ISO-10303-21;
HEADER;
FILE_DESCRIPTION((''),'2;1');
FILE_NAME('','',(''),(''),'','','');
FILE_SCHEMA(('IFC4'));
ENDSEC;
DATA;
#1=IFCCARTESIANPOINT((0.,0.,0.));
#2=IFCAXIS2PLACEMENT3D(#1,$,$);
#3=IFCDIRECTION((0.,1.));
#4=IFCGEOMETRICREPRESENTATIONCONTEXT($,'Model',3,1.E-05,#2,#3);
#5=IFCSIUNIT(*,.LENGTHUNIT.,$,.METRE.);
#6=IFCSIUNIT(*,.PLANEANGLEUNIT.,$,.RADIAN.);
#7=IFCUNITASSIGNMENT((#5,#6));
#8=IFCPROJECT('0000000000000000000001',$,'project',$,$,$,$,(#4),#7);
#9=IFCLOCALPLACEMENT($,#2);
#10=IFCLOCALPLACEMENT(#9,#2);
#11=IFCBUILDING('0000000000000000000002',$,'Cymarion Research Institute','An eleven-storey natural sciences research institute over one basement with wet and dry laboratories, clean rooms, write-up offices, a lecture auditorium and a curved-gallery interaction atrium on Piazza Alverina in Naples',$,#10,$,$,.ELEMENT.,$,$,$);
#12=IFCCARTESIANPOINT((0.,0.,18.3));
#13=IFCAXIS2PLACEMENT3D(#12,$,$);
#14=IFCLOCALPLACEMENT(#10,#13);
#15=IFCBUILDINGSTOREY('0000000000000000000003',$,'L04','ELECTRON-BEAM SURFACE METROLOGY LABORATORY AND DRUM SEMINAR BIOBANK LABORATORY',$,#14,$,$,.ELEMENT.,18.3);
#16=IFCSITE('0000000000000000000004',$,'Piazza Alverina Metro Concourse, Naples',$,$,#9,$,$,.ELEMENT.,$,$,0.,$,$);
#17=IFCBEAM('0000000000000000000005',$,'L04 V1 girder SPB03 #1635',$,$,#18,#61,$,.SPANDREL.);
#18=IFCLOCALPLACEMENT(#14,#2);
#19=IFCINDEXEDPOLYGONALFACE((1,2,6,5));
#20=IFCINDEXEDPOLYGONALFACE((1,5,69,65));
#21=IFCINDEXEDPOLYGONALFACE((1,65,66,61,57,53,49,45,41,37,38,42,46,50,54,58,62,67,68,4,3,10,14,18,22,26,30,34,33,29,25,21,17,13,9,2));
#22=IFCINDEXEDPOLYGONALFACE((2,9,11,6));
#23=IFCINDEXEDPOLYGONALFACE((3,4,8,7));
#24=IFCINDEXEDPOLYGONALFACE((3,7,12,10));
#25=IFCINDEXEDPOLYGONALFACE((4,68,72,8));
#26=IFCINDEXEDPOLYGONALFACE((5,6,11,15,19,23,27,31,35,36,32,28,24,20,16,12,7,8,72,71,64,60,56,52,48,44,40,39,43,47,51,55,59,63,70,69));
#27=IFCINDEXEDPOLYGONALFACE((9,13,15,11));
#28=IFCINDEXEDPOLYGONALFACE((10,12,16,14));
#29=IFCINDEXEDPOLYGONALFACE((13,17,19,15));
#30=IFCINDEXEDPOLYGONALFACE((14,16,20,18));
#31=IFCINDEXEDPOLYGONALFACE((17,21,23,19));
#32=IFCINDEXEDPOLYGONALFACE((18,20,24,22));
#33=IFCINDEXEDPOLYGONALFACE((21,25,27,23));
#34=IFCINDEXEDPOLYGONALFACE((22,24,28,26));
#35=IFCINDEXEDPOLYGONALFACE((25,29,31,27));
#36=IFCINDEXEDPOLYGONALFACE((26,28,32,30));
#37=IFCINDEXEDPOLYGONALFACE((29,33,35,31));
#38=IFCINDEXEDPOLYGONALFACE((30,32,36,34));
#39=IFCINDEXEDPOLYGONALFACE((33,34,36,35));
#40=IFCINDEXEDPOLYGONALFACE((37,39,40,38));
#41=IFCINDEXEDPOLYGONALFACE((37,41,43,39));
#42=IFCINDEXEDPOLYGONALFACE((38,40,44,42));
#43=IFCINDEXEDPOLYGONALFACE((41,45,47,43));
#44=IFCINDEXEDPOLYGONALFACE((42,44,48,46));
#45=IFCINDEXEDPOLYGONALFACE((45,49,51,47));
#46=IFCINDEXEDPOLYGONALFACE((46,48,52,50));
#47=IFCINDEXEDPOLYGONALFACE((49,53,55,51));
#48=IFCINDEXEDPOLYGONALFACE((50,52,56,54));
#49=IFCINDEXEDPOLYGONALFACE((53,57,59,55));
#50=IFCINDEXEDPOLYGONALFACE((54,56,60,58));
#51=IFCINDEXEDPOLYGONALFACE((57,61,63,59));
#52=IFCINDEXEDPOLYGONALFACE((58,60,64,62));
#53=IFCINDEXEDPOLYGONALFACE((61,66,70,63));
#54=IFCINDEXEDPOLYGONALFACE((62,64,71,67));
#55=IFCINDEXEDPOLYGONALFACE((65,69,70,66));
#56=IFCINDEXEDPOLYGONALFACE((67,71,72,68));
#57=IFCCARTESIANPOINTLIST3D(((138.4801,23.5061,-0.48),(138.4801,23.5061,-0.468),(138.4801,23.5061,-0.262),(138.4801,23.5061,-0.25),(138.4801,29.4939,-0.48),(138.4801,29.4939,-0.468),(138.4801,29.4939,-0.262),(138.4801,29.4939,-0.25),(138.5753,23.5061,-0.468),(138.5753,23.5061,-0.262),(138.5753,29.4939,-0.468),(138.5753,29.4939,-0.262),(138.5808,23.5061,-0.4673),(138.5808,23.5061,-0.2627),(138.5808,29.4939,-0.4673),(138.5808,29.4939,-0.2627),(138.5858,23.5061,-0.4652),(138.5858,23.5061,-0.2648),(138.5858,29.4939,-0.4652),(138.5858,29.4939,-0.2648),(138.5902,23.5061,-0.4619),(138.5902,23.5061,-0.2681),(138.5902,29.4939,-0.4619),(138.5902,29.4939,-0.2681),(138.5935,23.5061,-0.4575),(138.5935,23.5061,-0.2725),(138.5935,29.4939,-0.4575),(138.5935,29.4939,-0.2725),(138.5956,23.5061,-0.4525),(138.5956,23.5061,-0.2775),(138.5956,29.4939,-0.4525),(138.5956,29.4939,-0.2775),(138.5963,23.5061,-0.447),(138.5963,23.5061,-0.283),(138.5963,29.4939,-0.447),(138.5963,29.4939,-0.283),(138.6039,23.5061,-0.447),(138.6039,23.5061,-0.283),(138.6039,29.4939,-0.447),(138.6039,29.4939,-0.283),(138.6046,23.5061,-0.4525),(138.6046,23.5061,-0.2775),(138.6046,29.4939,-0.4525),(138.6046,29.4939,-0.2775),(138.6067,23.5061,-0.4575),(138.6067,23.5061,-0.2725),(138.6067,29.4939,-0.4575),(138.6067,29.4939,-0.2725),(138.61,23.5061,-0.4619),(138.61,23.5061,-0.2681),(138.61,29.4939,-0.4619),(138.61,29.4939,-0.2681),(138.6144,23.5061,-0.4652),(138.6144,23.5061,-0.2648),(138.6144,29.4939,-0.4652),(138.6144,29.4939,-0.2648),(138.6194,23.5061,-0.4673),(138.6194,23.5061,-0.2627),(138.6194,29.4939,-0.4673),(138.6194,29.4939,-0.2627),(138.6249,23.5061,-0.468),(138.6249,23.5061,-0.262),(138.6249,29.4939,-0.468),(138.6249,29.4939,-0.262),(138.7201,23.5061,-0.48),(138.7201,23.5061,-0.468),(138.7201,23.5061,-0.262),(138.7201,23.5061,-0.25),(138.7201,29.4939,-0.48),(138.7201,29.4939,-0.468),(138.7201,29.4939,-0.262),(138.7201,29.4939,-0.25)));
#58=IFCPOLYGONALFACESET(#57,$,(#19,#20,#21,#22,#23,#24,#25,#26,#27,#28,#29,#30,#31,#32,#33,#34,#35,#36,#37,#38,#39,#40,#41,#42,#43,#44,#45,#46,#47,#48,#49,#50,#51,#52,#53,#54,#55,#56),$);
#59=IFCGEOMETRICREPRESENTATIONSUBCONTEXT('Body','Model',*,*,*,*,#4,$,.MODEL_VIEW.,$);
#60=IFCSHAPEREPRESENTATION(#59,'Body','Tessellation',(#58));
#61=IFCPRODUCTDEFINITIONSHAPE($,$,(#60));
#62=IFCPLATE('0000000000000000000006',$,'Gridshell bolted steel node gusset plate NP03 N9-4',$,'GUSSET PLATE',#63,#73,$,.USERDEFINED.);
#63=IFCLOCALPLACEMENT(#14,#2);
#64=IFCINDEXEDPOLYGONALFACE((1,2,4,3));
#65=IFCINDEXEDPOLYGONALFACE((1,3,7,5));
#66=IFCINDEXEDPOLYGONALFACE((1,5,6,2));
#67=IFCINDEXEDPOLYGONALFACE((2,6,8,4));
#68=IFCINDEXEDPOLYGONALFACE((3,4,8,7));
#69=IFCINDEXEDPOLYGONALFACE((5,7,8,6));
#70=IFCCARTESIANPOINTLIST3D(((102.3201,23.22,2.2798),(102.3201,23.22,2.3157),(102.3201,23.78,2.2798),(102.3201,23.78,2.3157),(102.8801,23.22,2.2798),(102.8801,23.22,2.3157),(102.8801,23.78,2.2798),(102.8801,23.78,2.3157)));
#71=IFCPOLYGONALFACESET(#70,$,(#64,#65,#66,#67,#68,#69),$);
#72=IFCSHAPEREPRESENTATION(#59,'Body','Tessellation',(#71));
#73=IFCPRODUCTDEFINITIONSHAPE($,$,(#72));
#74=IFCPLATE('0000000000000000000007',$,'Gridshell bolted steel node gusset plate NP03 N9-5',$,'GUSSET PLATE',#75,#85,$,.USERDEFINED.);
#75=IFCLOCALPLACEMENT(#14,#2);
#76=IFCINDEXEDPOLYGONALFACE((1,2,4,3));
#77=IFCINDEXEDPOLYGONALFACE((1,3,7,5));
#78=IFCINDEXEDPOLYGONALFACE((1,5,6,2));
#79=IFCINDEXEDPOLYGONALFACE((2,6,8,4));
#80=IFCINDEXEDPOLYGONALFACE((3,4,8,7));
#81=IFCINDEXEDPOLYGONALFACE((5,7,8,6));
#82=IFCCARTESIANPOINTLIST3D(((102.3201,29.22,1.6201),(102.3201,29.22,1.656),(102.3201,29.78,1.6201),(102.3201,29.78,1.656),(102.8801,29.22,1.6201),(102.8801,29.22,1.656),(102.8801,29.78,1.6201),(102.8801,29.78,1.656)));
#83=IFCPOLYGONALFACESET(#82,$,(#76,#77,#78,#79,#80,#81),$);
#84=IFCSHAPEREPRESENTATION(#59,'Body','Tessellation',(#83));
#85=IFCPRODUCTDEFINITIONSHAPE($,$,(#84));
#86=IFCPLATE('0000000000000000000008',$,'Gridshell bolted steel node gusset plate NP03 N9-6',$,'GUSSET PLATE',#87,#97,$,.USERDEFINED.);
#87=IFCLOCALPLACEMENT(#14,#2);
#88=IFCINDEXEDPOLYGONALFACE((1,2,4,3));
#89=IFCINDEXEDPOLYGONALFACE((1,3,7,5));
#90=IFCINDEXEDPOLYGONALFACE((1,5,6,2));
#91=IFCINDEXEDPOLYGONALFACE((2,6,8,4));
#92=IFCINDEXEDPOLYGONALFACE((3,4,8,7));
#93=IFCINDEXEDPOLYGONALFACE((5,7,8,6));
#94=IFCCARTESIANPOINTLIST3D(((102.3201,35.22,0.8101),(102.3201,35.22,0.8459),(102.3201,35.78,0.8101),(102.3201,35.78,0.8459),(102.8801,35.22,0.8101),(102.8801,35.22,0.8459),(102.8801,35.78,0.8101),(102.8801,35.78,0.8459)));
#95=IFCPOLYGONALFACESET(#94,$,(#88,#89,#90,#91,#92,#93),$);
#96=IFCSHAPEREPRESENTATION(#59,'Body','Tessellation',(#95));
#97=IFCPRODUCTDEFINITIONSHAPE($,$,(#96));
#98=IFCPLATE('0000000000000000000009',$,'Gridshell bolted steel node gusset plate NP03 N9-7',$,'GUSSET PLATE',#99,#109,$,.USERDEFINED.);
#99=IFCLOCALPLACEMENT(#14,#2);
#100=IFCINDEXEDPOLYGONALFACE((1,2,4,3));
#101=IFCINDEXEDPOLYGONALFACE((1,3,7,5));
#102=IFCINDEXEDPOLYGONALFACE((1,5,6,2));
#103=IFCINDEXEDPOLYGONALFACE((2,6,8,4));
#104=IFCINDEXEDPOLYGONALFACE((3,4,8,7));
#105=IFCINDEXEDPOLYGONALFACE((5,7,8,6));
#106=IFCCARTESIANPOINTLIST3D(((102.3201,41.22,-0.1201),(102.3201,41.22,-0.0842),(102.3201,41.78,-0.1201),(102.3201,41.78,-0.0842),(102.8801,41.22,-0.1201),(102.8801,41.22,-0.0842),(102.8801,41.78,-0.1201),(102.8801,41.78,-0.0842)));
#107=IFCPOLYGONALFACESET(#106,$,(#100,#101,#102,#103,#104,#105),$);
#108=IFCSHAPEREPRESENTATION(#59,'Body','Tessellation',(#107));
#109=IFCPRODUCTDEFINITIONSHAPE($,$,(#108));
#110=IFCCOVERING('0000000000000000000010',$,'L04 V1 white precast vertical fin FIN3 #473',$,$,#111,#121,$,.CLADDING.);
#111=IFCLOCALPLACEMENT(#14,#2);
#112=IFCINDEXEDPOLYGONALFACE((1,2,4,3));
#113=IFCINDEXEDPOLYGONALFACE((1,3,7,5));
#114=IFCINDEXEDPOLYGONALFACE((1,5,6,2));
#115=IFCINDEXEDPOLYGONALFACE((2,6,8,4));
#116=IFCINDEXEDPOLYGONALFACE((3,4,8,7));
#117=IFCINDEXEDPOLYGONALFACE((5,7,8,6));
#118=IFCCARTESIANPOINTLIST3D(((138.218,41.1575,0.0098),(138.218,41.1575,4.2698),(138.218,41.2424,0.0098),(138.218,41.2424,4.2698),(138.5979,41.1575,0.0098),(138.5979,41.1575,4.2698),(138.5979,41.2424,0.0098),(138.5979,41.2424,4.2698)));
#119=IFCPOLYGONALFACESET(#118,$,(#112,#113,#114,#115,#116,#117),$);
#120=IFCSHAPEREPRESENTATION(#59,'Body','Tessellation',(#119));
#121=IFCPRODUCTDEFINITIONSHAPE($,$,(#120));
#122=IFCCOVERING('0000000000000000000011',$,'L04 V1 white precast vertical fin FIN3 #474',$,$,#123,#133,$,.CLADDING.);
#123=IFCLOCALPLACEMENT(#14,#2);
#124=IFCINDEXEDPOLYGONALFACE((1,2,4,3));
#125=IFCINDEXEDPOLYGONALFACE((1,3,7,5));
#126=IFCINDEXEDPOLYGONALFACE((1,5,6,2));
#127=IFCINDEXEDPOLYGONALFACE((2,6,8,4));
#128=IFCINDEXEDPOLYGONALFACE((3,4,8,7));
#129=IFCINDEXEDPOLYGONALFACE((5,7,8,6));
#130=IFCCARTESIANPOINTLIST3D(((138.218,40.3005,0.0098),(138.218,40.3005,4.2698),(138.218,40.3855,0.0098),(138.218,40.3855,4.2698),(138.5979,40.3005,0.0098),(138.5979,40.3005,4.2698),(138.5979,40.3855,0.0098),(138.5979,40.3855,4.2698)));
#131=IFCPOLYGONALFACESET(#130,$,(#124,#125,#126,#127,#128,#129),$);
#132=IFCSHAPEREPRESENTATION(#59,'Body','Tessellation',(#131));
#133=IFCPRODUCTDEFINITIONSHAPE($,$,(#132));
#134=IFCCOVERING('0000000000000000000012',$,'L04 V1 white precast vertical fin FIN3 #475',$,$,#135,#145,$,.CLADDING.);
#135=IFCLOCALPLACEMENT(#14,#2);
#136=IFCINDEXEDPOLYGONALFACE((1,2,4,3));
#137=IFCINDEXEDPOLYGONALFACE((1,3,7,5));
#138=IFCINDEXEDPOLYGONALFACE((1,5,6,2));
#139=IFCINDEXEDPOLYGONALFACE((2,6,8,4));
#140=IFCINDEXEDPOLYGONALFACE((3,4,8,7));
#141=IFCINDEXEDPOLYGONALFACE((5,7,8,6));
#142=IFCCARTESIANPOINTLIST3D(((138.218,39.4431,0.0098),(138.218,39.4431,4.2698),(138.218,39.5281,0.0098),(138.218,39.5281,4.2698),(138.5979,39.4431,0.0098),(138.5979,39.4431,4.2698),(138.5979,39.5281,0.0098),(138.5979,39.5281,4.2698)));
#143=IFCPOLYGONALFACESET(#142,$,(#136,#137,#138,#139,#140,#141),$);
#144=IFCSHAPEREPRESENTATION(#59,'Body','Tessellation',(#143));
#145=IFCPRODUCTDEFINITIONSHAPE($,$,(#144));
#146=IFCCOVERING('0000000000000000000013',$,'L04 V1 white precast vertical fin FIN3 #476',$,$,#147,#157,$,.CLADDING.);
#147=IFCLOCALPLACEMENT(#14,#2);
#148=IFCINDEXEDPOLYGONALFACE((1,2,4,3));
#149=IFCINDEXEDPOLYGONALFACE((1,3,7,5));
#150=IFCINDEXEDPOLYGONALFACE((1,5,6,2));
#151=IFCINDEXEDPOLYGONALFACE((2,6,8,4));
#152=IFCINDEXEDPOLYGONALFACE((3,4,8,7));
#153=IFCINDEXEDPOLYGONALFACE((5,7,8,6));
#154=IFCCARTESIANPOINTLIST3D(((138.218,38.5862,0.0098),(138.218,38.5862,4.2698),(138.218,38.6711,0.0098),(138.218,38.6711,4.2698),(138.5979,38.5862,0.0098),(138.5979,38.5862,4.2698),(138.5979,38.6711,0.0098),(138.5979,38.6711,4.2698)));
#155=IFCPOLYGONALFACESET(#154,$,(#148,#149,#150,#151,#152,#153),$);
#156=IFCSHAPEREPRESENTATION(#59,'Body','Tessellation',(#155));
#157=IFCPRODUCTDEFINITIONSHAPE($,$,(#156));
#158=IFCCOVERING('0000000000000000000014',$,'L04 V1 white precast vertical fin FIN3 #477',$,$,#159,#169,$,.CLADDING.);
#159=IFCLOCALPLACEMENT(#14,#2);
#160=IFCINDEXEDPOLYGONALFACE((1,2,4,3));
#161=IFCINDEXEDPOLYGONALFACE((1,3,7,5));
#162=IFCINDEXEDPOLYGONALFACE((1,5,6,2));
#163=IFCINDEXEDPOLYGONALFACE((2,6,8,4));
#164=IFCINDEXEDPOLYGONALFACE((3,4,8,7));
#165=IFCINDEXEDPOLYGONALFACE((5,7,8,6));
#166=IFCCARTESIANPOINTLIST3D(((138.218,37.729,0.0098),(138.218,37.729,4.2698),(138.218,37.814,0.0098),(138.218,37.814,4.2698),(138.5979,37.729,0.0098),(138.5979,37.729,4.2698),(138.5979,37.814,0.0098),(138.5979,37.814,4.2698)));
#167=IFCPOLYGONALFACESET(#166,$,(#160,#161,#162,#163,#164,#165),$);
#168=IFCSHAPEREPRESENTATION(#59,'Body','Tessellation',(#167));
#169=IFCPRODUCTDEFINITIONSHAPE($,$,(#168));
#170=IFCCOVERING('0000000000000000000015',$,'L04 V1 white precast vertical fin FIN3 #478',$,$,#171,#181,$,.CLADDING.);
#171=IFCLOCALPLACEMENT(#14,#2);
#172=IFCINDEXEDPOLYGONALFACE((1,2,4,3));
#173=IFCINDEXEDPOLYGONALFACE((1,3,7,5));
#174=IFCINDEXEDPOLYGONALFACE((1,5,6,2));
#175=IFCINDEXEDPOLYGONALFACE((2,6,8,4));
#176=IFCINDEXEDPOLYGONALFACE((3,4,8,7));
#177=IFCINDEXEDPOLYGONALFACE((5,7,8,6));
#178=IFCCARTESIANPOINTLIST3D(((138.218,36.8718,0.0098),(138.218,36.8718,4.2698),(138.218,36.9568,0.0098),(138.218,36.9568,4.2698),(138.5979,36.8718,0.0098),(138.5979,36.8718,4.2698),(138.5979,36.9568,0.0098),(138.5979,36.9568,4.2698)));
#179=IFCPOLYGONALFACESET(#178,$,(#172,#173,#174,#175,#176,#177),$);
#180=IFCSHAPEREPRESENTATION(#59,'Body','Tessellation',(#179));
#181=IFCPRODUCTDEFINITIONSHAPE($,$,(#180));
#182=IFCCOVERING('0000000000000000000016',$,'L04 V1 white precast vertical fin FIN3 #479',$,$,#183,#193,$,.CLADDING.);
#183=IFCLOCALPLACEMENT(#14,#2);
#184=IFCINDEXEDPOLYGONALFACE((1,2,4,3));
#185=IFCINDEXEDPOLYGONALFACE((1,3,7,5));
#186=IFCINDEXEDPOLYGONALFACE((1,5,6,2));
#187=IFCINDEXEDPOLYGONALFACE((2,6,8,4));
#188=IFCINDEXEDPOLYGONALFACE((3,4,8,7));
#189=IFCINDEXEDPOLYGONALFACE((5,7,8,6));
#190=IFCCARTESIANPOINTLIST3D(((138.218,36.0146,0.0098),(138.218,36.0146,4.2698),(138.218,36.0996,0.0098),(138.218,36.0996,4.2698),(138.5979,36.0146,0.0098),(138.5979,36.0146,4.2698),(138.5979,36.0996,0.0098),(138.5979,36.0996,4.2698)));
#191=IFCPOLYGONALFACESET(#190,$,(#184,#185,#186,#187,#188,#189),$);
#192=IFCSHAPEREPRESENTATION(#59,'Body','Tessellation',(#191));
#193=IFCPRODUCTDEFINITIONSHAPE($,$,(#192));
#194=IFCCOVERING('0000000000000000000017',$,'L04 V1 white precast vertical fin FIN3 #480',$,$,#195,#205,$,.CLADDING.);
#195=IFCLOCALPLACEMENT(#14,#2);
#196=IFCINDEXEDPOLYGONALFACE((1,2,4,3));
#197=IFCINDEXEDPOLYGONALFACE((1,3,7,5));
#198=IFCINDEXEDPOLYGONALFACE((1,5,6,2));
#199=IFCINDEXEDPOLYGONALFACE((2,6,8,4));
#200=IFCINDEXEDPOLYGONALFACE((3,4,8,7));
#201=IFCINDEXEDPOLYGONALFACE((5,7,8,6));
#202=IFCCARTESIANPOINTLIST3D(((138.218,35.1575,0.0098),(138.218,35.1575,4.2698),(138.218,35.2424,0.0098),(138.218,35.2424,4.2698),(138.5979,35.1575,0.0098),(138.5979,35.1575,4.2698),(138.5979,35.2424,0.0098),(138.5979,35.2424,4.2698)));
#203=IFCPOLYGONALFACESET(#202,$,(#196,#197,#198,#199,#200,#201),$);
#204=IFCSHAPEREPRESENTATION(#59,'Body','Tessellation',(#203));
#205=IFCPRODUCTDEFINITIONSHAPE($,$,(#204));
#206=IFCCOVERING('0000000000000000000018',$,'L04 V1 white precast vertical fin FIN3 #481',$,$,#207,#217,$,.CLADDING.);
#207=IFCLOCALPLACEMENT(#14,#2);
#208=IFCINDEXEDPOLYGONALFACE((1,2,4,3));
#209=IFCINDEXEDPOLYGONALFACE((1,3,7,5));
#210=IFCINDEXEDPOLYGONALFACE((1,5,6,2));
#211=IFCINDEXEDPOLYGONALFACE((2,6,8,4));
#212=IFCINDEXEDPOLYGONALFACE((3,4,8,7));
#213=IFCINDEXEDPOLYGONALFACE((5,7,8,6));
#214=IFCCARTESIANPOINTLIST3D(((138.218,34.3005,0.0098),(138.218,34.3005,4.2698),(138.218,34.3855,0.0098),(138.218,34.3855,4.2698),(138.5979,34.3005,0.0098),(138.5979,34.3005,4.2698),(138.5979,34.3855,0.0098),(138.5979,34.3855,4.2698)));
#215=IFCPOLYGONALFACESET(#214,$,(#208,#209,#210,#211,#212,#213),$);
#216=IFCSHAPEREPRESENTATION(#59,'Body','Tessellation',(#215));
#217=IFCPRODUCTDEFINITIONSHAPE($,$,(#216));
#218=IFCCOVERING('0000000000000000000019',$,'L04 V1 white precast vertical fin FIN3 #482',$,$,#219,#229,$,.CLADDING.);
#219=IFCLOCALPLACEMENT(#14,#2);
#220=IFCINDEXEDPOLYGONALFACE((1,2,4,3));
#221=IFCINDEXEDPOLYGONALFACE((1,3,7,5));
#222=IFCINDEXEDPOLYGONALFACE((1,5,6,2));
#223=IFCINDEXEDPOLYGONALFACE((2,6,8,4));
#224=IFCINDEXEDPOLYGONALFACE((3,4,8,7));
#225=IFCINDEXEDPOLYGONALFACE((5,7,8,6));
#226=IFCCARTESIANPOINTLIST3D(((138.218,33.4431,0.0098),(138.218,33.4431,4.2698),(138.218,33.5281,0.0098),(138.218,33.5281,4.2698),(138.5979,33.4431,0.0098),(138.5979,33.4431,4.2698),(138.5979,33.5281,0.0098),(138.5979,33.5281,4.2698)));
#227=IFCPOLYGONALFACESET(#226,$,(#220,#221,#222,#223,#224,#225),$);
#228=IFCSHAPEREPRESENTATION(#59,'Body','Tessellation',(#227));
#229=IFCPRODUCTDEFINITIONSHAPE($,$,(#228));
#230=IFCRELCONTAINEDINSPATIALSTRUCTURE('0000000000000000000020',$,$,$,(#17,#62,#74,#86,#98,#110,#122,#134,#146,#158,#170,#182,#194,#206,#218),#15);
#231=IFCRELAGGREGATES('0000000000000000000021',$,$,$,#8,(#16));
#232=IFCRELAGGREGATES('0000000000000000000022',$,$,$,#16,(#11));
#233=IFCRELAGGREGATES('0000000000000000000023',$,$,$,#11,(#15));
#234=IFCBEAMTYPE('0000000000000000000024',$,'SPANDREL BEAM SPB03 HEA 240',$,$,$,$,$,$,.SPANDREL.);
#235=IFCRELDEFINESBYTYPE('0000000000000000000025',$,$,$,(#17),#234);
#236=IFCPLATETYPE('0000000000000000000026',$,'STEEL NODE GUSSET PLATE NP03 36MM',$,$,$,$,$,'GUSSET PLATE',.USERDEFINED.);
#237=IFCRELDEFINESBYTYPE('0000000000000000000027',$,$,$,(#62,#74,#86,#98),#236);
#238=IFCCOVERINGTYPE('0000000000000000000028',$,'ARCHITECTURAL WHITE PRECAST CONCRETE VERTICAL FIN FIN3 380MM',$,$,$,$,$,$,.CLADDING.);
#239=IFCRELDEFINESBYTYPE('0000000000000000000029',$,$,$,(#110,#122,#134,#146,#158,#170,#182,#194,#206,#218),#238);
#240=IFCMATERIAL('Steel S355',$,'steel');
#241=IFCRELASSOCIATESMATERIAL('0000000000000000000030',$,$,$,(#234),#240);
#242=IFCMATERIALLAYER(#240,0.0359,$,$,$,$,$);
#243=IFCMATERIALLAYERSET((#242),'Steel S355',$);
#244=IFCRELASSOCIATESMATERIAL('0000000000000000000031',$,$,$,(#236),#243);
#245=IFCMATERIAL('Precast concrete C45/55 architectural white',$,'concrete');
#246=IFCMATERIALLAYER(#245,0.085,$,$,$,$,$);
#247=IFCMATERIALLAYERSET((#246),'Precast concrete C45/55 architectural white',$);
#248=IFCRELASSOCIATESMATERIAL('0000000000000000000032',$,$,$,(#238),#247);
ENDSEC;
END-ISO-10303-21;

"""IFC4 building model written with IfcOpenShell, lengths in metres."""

from ifc_helpers import new_model, si_unit, direction, frame, origin, origin_2d, place, context, subcontext, project, spatial, rectangle, i_section, extrude, material, layer, layer_set, material_profile, profile_set, type_object, element, save


model = new_model("IFC4")

# Units and contexts
model_context = context("Model", 3, precision=1e-05, world=origin(), true_north=direction((0.0, 1.0)))
body_context = subcontext(model_context, "Body", "Model", "MODEL_VIEW")
ifc_project = project(units=[si_unit("LENGTHUNIT", "METRE"), si_unit("PLANEANGLEUNIT", "RADIAN")], contexts=[model_context])

# Site, building, storey
site_placement = place(None, origin())
site = spatial("IfcSite", under=ifc_project, at=site_placement, Name="Piazza Alverina Metro Concourse, Naples", CompositionType="ELEMENT", RefElevation=0.0)
building_placement = place(site_placement, origin())
building = spatial("IfcBuilding", under=site, at=building_placement, Name="Cymarion Research Institute", Description="An eleven-storey natural sciences research institute over one basement with wet and dry laboratories, clean rooms, write-up offices, a lecture auditorium and a curved-gallery interaction atrium on Piazza Alverina in Naples", CompositionType="ELEMENT")
storey_placement = place(building_placement, frame((0.0, 0.0, 18.3)))
storey = spatial("IfcBuildingStorey", under=building, at=storey_placement, Name="L04", Description="ELECTRON-BEAM SURFACE METROLOGY LABORATORY AND DRUM SEMINAR BIOBANK LABORATORY", CompositionType="ELEMENT", Elevation=18.3)

# Shared definitions
ifc_material_1 = material(Name="Steel S355", Category="steel")

# Beam
ifc_material_profile_1 = material_profile(ifc_material_1, i_section(OverallWidth=0.24, OverallDepth=0.23, WebThickness=0.0076, FlangeThickness=0.012, FilletRadius=0.021, at=origin_2d()), Name="HEA 240")
ifc_profile_set_1 = profile_set([ifc_material_profile_1], Name="Steel S355")
beam_type_1 = type_object("IfcBeamType", Name="SPANDREL BEAM SPB03 HEA 240", PredefinedType="SPANDREL", material=ifc_profile_set_1)
beam_1_placement = place(storey_placement, frame((138.6001, 23.5061, -0.365), z_axis=(0.0, 1.0, 0.0), x_axis=(-1.0, 0.0, 0.0)))
element("IfcBeam", 1, at=beam_1_placement, inside=storey, type_object=beam_type_1, Name="L04 V1 girder SPB03 #1635", PredefinedType="SPANDREL", context=body_context, shape_type="SweptSolid", body=[
    extrude(i_section(OverallWidth=0.24, OverallDepth=0.23, WebThickness=0.0076, FlangeThickness=0.012, FilletRadius=0.021, at=origin_2d()), origin(), (0.0, 0.0, 1.0), 5.9878),
])

# Plates
ifc_layer_1 = layer(ifc_material_1, 0.0359)
ifc_layer_set_1 = layer_set([ifc_layer_1], Name="Steel S355")
plate_type = type_object("IfcPlateType", Name="STEEL NODE GUSSET PLATE NP03 36MM", ElementType="GUSSET PLATE", PredefinedType="USERDEFINED", material=ifc_layer_set_1)
for number, where, z_axis, x_axis, name in (
    (2, (102.6001, 23.5, 2.2798), (0.0, 0.0, 1.0), (1.0, 0.0, 0.0), "Gridshell bolted steel node gusset plate NP03 N9-4"),
    (3, (102.6001, 29.5, 1.6201), (0.0, 0.0, 1.0), (1.0, 0.0, 0.0), "Gridshell bolted steel node gusset plate NP03 N9-5"),
    (4, (102.6001, 35.5, 0.8101), (0.0, 0.0, 1.0), (1.0, 0.0, 0.0), "Gridshell bolted steel node gusset plate NP03 N9-6"),
    (5, (102.6001, 41.5, -0.1201), (0.0, 0.0, 1.0), (1.0, 0.0, 0.0), "Gridshell bolted steel node gusset plate NP03 N9-7"),
):
    element("IfcPlate", number, at=place(storey_placement, frame(where, z_axis=z_axis, x_axis=x_axis)), inside=storey, type_object=plate_type, Name=name, ObjectType="GUSSET PLATE", PredefinedType="USERDEFINED", context=body_context, shape_type="SweptSolid", body=[
        extrude(rectangle(XDim=0.5601, YDim=0.5601, at=origin_2d()), origin(), (0.0, 0.0, 1.0), 0.0359),
    ])

# Coverings
ifc_material_2 = material(Name="Precast concrete C45/55 architectural white", Category="concrete")
ifc_layer_2 = layer(ifc_material_2, 0.085)
ifc_layer_set_2 = layer_set([ifc_layer_2], Name="Precast concrete C45/55 architectural white")
covering_type = type_object("IfcCoveringType", Name="ARCHITECTURAL WHITE PRECAST CONCRETE VERTICAL FIN FIN3 380MM", PredefinedType="CLADDING", material=ifc_layer_set_2)
for number, where, z_axis, x_axis, name in (
    (6, (138.408, 41.2, 0.0098), (0.0, 0.0, 1.0), (-1.0, 0.0, 0.0), "L04 V1 white precast vertical fin FIN3 #473"),
    (7, (138.408, 40.343, 0.0098), (0.0, 0.0, 1.0), (-1.0, 0.0, 0.0), "L04 V1 white precast vertical fin FIN3 #474"),
    (8, (138.408, 39.4856, 0.0098), (0.0, 0.0, 1.0), (-1.0, 0.0, 0.0), "L04 V1 white precast vertical fin FIN3 #475"),
    (9, (138.408, 38.6287, 0.0098), (0.0, 0.0, 1.0), (-1.0, 0.0, 0.0), "L04 V1 white precast vertical fin FIN3 #476"),
    (10, (138.408, 37.7715, 0.0098), (0.0, 0.0, 1.0), (-1.0, 0.0, 0.0), "L04 V1 white precast vertical fin FIN3 #477"),
    (11, (138.408, 36.9143, 0.0098), (0.0, 0.0, 1.0), (-1.0, 0.0, 0.0), "L04 V1 white precast vertical fin FIN3 #478"),
    (12, (138.408, 36.0571, 0.0098), (0.0, 0.0, 1.0), (-1.0, 0.0, 0.0), "L04 V1 white precast vertical fin FIN3 #479"),
    (13, (138.408, 35.2, 0.0098), (0.0, 0.0, 1.0), (-1.0, 0.0, 0.0), "L04 V1 white precast vertical fin FIN3 #480"),
    (14, (138.408, 34.343, 0.0098), (0.0, 0.0, 1.0), (-1.0, 0.0, 0.0), "L04 V1 white precast vertical fin FIN3 #481"),
    (15, (138.408, 33.4856, 0.0098), (0.0, 0.0, 1.0), (-1.0, 0.0, 0.0), "L04 V1 white precast vertical fin FIN3 #482"),
):
    element("IfcCovering", number, at=place(storey_placement, frame(where, z_axis=z_axis, x_axis=x_axis)), inside=storey, type_object=covering_type, Name=name, PredefinedType="CLADDING", context=body_context, shape_type="SweptSolid", body=[
        extrude(rectangle(XDim=0.3799, YDim=0.085, at=origin_2d()), origin(), (0.0, 0.0, 1.0), 4.26),
    ])

save(model, "model.ifc")
